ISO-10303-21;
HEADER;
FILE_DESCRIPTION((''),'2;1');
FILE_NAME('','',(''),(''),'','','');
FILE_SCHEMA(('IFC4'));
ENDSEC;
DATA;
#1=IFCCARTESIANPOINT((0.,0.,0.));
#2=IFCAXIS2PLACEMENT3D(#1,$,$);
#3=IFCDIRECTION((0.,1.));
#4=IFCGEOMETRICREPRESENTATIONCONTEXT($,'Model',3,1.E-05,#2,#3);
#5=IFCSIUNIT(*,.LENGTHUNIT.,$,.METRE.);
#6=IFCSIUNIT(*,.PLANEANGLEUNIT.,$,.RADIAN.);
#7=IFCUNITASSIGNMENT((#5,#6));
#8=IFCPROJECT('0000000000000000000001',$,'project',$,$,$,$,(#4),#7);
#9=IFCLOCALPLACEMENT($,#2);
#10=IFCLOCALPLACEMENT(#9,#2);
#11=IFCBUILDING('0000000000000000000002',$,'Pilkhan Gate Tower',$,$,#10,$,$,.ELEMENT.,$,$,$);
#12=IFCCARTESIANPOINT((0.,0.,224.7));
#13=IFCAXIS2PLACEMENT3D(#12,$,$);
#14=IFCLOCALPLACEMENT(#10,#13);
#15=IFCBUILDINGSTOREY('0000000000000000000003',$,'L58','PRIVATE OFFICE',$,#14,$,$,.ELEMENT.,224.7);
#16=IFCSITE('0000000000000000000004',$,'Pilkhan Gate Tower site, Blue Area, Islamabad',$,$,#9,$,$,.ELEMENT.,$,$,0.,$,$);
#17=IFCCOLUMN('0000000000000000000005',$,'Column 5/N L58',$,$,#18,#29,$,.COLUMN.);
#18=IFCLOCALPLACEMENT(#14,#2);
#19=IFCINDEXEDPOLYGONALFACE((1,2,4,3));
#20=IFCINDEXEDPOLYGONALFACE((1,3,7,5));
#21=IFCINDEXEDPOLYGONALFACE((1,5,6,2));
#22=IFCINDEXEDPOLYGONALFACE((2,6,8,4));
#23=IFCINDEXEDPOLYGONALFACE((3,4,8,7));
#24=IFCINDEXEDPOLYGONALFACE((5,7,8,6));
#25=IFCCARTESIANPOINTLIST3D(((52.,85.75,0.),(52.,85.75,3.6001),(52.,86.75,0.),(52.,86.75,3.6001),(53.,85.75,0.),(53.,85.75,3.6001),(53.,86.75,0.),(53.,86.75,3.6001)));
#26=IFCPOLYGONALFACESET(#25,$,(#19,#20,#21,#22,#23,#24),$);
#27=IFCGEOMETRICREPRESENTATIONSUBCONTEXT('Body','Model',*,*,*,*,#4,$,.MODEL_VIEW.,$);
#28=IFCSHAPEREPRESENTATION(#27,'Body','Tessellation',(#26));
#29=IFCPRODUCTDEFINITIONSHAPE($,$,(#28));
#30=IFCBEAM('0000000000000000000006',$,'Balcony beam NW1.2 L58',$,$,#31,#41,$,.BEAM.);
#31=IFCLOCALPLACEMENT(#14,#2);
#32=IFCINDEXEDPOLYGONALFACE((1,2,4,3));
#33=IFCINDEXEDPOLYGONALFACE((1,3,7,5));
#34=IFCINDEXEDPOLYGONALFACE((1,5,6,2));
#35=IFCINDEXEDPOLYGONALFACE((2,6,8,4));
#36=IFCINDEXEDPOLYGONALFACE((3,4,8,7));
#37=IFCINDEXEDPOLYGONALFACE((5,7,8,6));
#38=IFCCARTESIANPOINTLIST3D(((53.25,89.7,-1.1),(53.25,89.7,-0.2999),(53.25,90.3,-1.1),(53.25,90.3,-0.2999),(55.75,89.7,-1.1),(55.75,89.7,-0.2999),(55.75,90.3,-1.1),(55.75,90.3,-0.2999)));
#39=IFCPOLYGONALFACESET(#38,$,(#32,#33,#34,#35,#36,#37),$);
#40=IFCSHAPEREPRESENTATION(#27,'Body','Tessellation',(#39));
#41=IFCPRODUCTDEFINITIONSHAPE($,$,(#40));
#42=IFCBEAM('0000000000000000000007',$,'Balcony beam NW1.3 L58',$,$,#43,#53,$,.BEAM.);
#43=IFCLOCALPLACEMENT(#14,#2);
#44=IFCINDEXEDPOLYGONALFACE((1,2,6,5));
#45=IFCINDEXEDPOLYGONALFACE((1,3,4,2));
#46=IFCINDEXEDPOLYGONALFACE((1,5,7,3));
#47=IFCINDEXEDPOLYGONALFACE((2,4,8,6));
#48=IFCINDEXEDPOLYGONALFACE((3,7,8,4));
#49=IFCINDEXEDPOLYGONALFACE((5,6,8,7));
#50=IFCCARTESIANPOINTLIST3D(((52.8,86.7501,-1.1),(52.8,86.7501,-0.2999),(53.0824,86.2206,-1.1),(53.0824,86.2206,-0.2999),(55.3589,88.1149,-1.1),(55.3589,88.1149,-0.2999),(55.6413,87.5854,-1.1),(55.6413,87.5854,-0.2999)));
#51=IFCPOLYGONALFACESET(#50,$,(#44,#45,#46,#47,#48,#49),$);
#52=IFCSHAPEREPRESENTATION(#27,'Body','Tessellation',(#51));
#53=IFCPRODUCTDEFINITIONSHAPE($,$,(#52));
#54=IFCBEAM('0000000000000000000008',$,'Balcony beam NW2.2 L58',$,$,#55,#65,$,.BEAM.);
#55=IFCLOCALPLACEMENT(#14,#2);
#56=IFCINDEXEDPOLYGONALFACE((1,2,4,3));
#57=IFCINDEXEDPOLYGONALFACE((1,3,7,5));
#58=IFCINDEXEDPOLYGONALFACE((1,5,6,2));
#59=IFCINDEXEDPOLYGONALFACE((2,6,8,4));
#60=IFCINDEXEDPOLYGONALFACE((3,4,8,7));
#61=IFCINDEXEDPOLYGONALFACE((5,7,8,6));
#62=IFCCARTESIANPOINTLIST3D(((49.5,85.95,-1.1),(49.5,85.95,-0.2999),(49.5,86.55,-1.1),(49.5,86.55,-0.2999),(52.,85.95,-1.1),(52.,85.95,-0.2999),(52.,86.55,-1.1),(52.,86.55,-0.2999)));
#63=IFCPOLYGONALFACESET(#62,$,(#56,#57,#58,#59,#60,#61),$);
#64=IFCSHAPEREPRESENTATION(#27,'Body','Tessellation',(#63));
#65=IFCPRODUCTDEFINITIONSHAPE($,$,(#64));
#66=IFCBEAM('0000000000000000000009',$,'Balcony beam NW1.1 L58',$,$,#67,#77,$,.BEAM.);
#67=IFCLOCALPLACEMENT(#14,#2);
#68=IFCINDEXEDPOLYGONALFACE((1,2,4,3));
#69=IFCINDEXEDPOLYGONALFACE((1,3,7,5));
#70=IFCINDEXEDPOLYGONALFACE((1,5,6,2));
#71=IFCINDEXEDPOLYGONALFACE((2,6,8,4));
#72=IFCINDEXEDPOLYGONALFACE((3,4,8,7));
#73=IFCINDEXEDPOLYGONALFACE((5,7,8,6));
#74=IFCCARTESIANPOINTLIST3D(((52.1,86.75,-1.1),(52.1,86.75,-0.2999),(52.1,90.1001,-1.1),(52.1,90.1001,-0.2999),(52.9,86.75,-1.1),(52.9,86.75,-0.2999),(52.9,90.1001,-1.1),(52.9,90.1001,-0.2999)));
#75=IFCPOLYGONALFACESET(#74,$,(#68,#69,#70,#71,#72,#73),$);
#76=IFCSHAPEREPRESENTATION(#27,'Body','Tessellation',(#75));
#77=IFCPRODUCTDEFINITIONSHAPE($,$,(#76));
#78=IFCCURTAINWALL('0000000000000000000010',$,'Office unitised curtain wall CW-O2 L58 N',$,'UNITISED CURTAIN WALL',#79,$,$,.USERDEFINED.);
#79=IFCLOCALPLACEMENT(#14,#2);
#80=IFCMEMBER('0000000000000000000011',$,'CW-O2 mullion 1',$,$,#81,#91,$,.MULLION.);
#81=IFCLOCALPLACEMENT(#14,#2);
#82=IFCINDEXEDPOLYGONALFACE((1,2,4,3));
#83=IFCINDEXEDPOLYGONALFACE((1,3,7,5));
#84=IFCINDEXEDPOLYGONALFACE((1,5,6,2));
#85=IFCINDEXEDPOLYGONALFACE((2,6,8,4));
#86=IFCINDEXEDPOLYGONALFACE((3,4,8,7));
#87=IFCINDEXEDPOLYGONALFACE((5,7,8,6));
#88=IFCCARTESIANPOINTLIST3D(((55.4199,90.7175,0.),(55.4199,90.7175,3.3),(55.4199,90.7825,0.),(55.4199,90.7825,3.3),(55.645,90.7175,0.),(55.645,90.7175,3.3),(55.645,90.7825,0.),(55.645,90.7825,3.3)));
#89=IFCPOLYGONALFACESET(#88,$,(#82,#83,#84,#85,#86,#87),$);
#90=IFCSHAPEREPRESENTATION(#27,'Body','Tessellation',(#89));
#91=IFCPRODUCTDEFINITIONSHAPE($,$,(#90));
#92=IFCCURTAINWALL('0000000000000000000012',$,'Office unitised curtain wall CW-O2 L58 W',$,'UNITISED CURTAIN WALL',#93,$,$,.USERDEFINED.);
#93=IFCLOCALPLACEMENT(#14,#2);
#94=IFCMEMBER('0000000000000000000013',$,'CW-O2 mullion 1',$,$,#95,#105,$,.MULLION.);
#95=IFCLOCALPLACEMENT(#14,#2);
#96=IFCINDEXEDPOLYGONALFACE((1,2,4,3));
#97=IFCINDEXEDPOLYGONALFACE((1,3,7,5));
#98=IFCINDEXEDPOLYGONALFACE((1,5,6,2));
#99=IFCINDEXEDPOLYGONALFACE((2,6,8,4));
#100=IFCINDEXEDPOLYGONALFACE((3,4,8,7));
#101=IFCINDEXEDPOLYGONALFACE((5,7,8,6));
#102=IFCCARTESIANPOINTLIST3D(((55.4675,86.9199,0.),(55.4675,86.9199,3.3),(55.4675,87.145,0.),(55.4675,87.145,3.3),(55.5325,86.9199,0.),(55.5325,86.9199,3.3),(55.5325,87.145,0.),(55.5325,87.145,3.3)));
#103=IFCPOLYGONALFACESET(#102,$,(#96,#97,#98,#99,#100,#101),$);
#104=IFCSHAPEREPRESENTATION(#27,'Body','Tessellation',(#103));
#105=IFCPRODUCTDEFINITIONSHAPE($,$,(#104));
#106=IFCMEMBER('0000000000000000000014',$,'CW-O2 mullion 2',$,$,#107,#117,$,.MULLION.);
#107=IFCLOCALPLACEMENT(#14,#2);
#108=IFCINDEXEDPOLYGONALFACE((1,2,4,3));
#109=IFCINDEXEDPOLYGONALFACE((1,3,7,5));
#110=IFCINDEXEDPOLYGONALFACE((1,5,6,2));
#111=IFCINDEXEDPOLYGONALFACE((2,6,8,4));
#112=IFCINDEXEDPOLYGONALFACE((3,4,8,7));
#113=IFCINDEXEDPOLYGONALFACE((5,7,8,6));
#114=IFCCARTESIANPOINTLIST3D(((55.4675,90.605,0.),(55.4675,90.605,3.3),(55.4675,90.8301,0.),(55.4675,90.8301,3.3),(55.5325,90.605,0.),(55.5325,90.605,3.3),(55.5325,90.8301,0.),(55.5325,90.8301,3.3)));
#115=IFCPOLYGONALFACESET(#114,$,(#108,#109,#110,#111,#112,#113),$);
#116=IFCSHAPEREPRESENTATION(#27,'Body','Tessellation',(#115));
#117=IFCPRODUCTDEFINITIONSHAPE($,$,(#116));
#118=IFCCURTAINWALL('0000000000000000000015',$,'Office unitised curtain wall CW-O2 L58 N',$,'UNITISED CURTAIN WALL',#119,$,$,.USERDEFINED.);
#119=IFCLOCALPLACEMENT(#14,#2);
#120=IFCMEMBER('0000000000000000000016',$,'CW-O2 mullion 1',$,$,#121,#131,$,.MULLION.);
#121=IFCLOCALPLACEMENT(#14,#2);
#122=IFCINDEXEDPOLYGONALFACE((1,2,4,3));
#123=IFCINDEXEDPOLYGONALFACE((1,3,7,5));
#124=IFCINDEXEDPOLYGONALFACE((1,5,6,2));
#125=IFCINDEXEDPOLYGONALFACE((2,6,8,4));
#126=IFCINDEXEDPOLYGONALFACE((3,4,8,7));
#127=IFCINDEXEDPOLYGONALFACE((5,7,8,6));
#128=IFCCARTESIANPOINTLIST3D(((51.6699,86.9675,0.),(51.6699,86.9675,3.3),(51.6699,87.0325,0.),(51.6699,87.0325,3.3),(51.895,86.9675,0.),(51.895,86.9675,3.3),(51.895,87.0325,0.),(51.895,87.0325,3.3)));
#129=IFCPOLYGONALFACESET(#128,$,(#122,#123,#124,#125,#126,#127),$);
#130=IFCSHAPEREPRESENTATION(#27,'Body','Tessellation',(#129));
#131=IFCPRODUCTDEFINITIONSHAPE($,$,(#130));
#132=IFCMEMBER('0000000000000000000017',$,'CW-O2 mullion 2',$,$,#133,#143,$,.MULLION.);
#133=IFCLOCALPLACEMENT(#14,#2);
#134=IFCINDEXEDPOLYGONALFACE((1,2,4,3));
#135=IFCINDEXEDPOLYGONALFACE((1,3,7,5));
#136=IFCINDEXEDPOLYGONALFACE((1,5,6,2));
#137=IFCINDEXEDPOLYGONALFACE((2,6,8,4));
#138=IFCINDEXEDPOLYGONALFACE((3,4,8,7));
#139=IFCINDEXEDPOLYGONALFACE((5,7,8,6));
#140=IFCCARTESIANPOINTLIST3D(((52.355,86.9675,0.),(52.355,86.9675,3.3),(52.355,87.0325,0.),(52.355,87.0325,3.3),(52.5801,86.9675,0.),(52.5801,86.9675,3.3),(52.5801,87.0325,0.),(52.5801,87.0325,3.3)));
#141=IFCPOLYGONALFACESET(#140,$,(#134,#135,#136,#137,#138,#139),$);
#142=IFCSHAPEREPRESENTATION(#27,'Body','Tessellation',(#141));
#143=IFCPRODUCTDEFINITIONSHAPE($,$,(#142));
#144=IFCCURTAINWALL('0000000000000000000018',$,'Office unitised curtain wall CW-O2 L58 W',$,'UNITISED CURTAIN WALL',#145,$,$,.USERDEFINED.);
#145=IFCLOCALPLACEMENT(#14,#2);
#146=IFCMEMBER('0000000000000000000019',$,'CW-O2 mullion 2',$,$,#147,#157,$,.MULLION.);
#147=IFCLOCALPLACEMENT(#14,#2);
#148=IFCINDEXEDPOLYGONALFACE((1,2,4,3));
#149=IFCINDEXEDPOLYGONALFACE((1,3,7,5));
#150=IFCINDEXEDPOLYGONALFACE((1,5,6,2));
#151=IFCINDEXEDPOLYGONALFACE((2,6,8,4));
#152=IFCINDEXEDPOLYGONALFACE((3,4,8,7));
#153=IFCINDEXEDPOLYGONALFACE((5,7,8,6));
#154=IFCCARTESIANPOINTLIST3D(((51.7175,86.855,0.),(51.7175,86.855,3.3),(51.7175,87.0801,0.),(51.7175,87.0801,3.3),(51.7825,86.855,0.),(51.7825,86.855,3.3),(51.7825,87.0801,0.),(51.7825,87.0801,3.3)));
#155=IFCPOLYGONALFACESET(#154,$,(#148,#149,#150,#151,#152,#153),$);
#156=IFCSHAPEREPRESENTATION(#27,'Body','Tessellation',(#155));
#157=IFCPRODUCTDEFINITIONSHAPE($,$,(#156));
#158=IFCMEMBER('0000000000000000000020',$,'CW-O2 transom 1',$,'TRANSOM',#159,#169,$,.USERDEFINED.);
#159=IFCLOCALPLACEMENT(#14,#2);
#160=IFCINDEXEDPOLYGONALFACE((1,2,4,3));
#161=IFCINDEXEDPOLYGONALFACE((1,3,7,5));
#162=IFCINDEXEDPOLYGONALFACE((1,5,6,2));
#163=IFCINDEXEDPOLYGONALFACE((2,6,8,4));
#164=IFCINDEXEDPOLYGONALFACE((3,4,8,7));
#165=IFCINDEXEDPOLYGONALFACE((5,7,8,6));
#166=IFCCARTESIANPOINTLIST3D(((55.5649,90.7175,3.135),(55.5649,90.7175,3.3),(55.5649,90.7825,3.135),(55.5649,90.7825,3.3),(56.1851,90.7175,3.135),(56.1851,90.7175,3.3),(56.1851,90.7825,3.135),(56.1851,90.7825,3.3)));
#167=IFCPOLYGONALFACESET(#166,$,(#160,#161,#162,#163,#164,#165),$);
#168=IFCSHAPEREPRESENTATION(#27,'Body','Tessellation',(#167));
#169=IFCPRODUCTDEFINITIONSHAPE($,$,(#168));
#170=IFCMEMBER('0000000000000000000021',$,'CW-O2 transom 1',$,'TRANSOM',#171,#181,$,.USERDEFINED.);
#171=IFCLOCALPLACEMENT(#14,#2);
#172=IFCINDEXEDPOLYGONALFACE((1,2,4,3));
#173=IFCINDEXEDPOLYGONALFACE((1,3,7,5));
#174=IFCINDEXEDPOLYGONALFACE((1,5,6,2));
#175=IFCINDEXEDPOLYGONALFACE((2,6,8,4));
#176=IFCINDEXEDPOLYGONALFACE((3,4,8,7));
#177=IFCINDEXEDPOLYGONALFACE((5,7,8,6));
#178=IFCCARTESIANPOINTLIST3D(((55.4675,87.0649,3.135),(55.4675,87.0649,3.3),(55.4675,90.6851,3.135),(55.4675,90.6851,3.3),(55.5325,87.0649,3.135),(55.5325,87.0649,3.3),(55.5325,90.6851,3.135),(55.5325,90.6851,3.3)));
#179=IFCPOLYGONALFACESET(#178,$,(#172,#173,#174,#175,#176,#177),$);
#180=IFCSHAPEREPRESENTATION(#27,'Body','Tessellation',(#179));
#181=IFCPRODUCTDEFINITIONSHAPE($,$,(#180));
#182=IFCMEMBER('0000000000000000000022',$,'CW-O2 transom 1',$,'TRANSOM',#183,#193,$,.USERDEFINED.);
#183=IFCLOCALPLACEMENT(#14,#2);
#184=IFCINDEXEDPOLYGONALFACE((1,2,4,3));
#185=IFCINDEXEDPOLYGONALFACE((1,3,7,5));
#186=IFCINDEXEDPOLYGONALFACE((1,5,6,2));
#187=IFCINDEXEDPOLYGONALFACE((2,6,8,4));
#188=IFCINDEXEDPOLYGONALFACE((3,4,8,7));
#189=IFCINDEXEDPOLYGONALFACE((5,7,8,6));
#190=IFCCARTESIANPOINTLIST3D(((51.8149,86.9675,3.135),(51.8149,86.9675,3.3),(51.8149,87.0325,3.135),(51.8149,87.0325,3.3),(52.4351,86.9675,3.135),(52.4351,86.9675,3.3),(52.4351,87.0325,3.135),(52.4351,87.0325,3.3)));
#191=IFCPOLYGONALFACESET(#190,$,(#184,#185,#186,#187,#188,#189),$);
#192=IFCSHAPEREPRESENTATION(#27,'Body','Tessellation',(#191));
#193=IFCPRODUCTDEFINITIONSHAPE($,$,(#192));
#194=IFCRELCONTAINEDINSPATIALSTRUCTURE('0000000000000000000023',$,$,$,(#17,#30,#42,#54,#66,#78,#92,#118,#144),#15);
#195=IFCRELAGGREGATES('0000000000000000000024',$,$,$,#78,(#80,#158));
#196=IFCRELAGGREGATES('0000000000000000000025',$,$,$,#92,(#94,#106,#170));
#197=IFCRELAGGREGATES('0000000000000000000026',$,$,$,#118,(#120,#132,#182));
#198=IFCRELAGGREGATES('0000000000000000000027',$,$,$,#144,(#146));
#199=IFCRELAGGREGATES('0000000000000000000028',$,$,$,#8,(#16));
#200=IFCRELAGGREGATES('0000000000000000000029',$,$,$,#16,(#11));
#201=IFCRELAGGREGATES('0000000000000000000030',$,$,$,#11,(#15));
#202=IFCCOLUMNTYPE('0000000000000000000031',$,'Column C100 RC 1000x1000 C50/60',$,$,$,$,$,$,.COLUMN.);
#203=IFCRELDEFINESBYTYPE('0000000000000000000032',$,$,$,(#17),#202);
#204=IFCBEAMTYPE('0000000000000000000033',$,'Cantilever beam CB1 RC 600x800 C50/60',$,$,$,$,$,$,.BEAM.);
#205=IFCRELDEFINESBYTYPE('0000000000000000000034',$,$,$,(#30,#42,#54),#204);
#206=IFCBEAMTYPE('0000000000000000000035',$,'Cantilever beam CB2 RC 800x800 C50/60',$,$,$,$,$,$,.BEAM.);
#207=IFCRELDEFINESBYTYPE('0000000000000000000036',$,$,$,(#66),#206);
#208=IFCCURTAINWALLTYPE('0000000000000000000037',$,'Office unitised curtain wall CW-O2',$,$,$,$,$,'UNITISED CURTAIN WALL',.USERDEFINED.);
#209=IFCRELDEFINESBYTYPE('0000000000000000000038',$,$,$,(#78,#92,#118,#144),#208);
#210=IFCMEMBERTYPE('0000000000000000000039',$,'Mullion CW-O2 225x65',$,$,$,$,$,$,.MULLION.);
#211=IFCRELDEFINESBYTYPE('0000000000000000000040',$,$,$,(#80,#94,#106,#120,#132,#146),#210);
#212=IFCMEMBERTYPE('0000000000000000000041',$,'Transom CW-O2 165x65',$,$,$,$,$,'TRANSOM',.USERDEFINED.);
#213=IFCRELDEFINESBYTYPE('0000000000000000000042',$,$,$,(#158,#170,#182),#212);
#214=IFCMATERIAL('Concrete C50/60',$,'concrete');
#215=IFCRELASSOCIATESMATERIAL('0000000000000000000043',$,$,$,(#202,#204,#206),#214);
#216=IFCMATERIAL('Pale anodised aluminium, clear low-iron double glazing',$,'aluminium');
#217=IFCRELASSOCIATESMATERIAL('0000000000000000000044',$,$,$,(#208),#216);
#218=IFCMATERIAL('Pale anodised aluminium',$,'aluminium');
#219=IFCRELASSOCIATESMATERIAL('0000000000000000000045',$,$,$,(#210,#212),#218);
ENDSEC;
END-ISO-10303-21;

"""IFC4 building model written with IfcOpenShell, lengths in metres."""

from ifc_helpers import new_model, si_unit, direction, frame, origin, origin_2d, place, context, subcontext, project, spatial, rectangle, extrude, material, material_profile, profile_set, type_object, element, aggregate, save


model = new_model("IFC4")

# Units and contexts
model_context = context("Model", 3, precision=1e-05, world=origin(), true_north=direction((0.0, 1.0)))
body_context = subcontext(model_context, "Body", "Model", "MODEL_VIEW")
ifc_project = project(units=[si_unit("LENGTHUNIT", "METRE"), si_unit("PLANEANGLEUNIT", "RADIAN")], contexts=[model_context])

# Site, building, storey
site_placement = place(None, origin())
site = spatial("IfcSite", under=ifc_project, at=site_placement, Name="Pilkhan Gate Tower site, Blue Area, Islamabad", CompositionType="ELEMENT", RefElevation=0.0)
building_placement = place(site_placement, origin())
building = spatial("IfcBuilding", under=site, at=building_placement, Name="Pilkhan Gate Tower", CompositionType="ELEMENT")
storey_placement = place(building_placement, frame((0.0, 0.0, 224.7)))
storey = spatial("IfcBuildingStorey", under=building, at=storey_placement, Name="L58", Description="PRIVATE OFFICE", CompositionType="ELEMENT", Elevation=224.7)

# Column
ifc_material_1 = material(Name="Concrete C50/60", Category="concrete")
ifc_material_profile_1 = material_profile(ifc_material_1, rectangle(XDim=1.0, YDim=1.0, at=origin_2d()), Name="RC 1000x1000")
ifc_profile_set_1 = profile_set([ifc_material_profile_1], Name="Concrete C50/60")
column_type = type_object("IfcColumnType", Name="Column C100 RC 1000x1000 C50/60", PredefinedType="COLUMN", material=ifc_profile_set_1)
column_placement = place(storey_placement, frame((52.5, 86.25, 0.0), z_axis=(0.0, 0.0, 1.0), x_axis=(1.0, 0.0, 0.0)))
element("IfcColumn", 1, at=column_placement, inside=storey, type_object=column_type, Name="Column 5/N L58", PredefinedType="COLUMN", context=body_context, shape_type="SweptSolid", body=[
    extrude(rectangle(XDim=1.0, YDim=1.0, at=origin_2d()), origin(), (0.0, 0.0, 1.0), 3.6001),
])

# Beams
ifc_material_profile_2 = material_profile(ifc_material_1, rectangle(XDim=0.6001, YDim=0.8, at=origin_2d()), Name="RC 600x800")
ifc_profile_set_2 = profile_set([ifc_material_profile_2], Name="Concrete C50/60")
beam_type_1 = type_object("IfcBeamType", Name="Cantilever beam CB1 RC 600x800 C50/60", PredefinedType="BEAM", material=ifc_profile_set_2)
beam_1_placement = place(storey_placement, frame((55.75, 90.0, -0.7), z_axis=(-1.0, 0.0, 0.0), x_axis=(0.0, -1.0, 0.0)))
element("IfcBeam", 2, at=beam_1_placement, inside=storey, type_object=beam_type_1, Name="Balcony beam NW1.2 L58", PredefinedType="BEAM", context=body_context, shape_type="SweptSolid", body=[
    extrude(rectangle(XDim=0.6001, YDim=0.8, at=origin_2d()), origin(), (0.0, 0.0, 1.0), 2.5),
])
beam_2_placement = place(storey_placement, frame((52.9412, 86.4854, -0.7), z_axis=(0.882348, 0.470597, 0.0), x_axis=(-0.470597, 0.882348, 0.0)))
element("IfcBeam", 3, at=beam_2_placement, inside=storey, type_object=beam_type_1, Name="Balcony beam NW1.3 L58", PredefinedType="BEAM", context=body_context, shape_type="SweptSolid", body=[
    extrude(rectangle(XDim=0.6001, YDim=0.8, at=origin_2d()), origin(), (0.0, 0.0, 1.0), 2.9001),
])
beam_3_placement = place(storey_placement, frame((52.0, 86.25, -0.7), z_axis=(-1.0, 0.0, 0.0), x_axis=(0.0, -1.0, 0.0)))
element("IfcBeam", 4, at=beam_3_placement, inside=storey, type_object=beam_type_1, Name="Balcony beam NW2.2 L58", PredefinedType="BEAM", context=body_context, shape_type="SweptSolid", body=[
    extrude(rectangle(XDim=0.6001, YDim=0.8, at=origin_2d()), origin(), (0.0, 0.0, 1.0), 2.5),
])
ifc_material_profile_3 = material_profile(ifc_material_1, rectangle(XDim=0.8, YDim=0.8, at=origin_2d()), Name="RC 800x800")
ifc_profile_set_3 = profile_set([ifc_material_profile_3], Name="Concrete C50/60")
beam_type_2 = type_object("IfcBeamType", Name="Cantilever beam CB2 RC 800x800 C50/60", PredefinedType="BEAM", material=ifc_profile_set_3)
beam_4_placement = place(storey_placement, frame((52.5, 86.75, -0.7), z_axis=(0.0, 1.0, 0.0), x_axis=(-1.0, 0.0, 0.0)))
element("IfcBeam", 5, at=beam_4_placement, inside=storey, type_object=beam_type_2, Name="Balcony beam NW1.1 L58", PredefinedType="BEAM", context=body_context, shape_type="SweptSolid", body=[
    extrude(rectangle(XDim=0.8, YDim=0.8, at=origin_2d()), origin(), (0.0, 0.0, 1.0), 3.3501),
])

# Curtain wall, member
ifc_material_2 = material(Name="Pale anodised aluminium, clear low-iron double glazing", Category="aluminium")
curtain_wall_type = type_object("IfcCurtainWallType", Name="Office unitised curtain wall CW-O2", ElementType="UNITISED CURTAIN WALL", PredefinedType="USERDEFINED", material=ifc_material_2)
curtain_wall_1_placement = place(storey_placement, origin())
curtain_wall_1 = element("IfcCurtainWall", 6, at=curtain_wall_1_placement, inside=storey, type_object=curtain_wall_type, Name="Office unitised curtain wall CW-O2 L58 N", ObjectType="UNITISED CURTAIN WALL", PredefinedType="USERDEFINED")
ifc_material_3 = material(Name="Pale anodised aluminium", Category="aluminium")
ifc_material_profile_4 = material_profile(ifc_material_3, rectangle(XDim=0.0649, YDim=0.2251, at=origin_2d()), Name="Mullion 225x65")
ifc_profile_set_4 = profile_set([ifc_material_profile_4], Name="Pale anodised aluminium")
member_type_1 = type_object("IfcMemberType", Name="Mullion CW-O2 225x65", PredefinedType="MULLION", material=ifc_profile_set_4)
member_1_placement = place(storey_placement, frame((55.5325, 90.75, 0.0), z_axis=(0.0, 0.0, 1.0), x_axis=(0.0, 1.0, 0.0)))
member_1 = element("IfcMember", 7, at=member_1_placement, type_object=member_type_1, Name="CW-O2 mullion 1", PredefinedType="MULLION", context=body_context, shape_type="SweptSolid", body=[
    extrude(rectangle(XDim=0.0649, YDim=0.2251, at=origin_2d()), origin(), (0.0, 0.0, 1.0), 3.3),
])

# Curtain walls, members
curtain_wall_2_placement = place(storey_placement, origin())
curtain_wall_2 = element("IfcCurtainWall", 8, at=curtain_wall_2_placement, inside=storey, type_object=curtain_wall_type, Name="Office unitised curtain wall CW-O2 L58 W", ObjectType="UNITISED CURTAIN WALL", PredefinedType="USERDEFINED")
member_2_placement = place(storey_placement, frame((55.5, 87.0325, 0.0), z_axis=(0.0, 0.0, 1.0), x_axis=(-1.0, 0.0, 0.0)))
member_2 = element("IfcMember", 9, at=member_2_placement, type_object=member_type_1, Name="CW-O2 mullion 1", PredefinedType="MULLION", context=body_context, shape_type="SweptSolid", body=[
    extrude(rectangle(XDim=0.0649, YDim=0.2251, at=origin_2d()), origin(), (0.0, 0.0, 1.0), 3.3),
])
member_3_placement = place(storey_placement, frame((55.5, 90.7175, 0.0), z_axis=(0.0, 0.0, 1.0), x_axis=(-1.0, 0.0, 0.0)))
member_3 = element("IfcMember", 10, at=member_3_placement, type_object=member_type_1, Name="CW-O2 mullion 2", PredefinedType="MULLION", context=body_context, shape_type="SweptSolid", body=[
    extrude(rectangle(XDim=0.0649, YDim=0.2251, at=origin_2d()), origin(), (0.0, 0.0, 1.0), 3.3),
])
curtain_wall_3_placement = place(storey_placement, origin())
curtain_wall_3 = element("IfcCurtainWall", 11, at=curtain_wall_3_placement, inside=storey, type_object=curtain_wall_type, Name="Office unitised curtain wall CW-O2 L58 N", ObjectType="UNITISED CURTAIN WALL", PredefinedType="USERDEFINED")
member_4_placement = place(storey_placement, frame((51.7825, 87.0, 0.0), z_axis=(0.0, 0.0, 1.0), x_axis=(0.0, 1.0, 0.0)))
member_4 = element("IfcMember", 12, at=member_4_placement, type_object=member_type_1, Name="CW-O2 mullion 1", PredefinedType="MULLION", context=body_context, shape_type="SweptSolid", body=[
    extrude(rectangle(XDim=0.0649, YDim=0.2251, at=origin_2d()), origin(), (0.0, 0.0, 1.0), 3.3),
])
member_5_placement = place(storey_placement, frame((52.4675, 87.0, 0.0), z_axis=(0.0, 0.0, 1.0), x_axis=(0.0, 1.0, 0.0)))
member_5 = element("IfcMember", 13, at=member_5_placement, type_object=member_type_1, Name="CW-O2 mullion 2", PredefinedType="MULLION", context=body_context, shape_type="SweptSolid", body=[
    extrude(rectangle(XDim=0.0649, YDim=0.2251, at=origin_2d()), origin(), (0.0, 0.0, 1.0), 3.3),
])

# Curtain wall, member
curtain_wall_4_placement = place(storey_placement, origin())
curtain_wall_4 = element("IfcCurtainWall", 14, at=curtain_wall_4_placement, inside=storey, type_object=curtain_wall_type, Name="Office unitised curtain wall CW-O2 L58 W", ObjectType="UNITISED CURTAIN WALL", PredefinedType="USERDEFINED")
member_6_placement = place(storey_placement, frame((51.75, 86.9675, 0.0), z_axis=(0.0, 0.0, 1.0), x_axis=(-1.0, 0.0, 0.0)))
member_6 = element("IfcMember", 15, at=member_6_placement, type_object=member_type_1, Name="CW-O2 mullion 2", PredefinedType="MULLION", context=body_context, shape_type="SweptSolid", body=[
    extrude(rectangle(XDim=0.0649, YDim=0.2251, at=origin_2d()), origin(), (0.0, 0.0, 1.0), 3.3),
])

# Members
ifc_material_profile_5 = material_profile(ifc_material_3, rectangle(XDim=0.0649, YDim=0.165, at=origin_2d()), Name="Transom 165x65")
ifc_profile_set_5 = profile_set([ifc_material_profile_5], Name="Pale anodised aluminium")
member_type_2 = type_object("IfcMemberType", Name="Transom CW-O2 165x65", ElementType="TRANSOM", PredefinedType="USERDEFINED", material=ifc_profile_set_5)
member_7_placement = place(storey_placement, frame((55.5649, 90.75, 3.2175), z_axis=(1.0, 0.0, 0.0), x_axis=(0.0, 1.0, 0.0)))
member_7 = element("IfcMember", 16, at=member_7_placement, type_object=member_type_2, Name="CW-O2 transom 1", ObjectType="TRANSOM", PredefinedType="USERDEFINED", context=body_context, shape_type="SweptSolid", body=[
    extrude(rectangle(XDim=0.0649, YDim=0.165, at=origin_2d()), origin(), (0.0, 0.0, 1.0), 0.6201),
])
member_8_placement = place(storey_placement, frame((55.5, 87.0649, 3.2175), z_axis=(0.0, 1.0, 0.0), x_axis=(-1.0, 0.0, 0.0)))
member_8 = element("IfcMember", 17, at=member_8_placement, type_object=member_type_2, Name="CW-O2 transom 1", ObjectType="TRANSOM", PredefinedType="USERDEFINED", context=body_context, shape_type="SweptSolid", body=[
    extrude(rectangle(XDim=0.0649, YDim=0.165, at=origin_2d()), origin(), (0.0, 0.0, 1.0), 3.6201),
])
member_9_placement = place(storey_placement, frame((51.8149, 87.0, 3.2175), z_axis=(1.0, 0.0, 0.0), x_axis=(0.0, 1.0, 0.0)))
member_9 = element("IfcMember", 18, at=member_9_placement, type_object=member_type_2, Name="CW-O2 transom 1", ObjectType="TRANSOM", PredefinedType="USERDEFINED", context=body_context, shape_type="SweptSolid", body=[
    extrude(rectangle(XDim=0.0649, YDim=0.165, at=origin_2d()), origin(), (0.0, 0.0, 1.0), 0.6201),
])

aggregate(curtain_wall_1, [member_1, member_7])
aggregate(curtain_wall_2, [member_2, member_3, member_8])
aggregate(curtain_wall_3, [member_4, member_5, member_9])
aggregate(curtain_wall_4, [member_6])

save(model, "model.ifc")
